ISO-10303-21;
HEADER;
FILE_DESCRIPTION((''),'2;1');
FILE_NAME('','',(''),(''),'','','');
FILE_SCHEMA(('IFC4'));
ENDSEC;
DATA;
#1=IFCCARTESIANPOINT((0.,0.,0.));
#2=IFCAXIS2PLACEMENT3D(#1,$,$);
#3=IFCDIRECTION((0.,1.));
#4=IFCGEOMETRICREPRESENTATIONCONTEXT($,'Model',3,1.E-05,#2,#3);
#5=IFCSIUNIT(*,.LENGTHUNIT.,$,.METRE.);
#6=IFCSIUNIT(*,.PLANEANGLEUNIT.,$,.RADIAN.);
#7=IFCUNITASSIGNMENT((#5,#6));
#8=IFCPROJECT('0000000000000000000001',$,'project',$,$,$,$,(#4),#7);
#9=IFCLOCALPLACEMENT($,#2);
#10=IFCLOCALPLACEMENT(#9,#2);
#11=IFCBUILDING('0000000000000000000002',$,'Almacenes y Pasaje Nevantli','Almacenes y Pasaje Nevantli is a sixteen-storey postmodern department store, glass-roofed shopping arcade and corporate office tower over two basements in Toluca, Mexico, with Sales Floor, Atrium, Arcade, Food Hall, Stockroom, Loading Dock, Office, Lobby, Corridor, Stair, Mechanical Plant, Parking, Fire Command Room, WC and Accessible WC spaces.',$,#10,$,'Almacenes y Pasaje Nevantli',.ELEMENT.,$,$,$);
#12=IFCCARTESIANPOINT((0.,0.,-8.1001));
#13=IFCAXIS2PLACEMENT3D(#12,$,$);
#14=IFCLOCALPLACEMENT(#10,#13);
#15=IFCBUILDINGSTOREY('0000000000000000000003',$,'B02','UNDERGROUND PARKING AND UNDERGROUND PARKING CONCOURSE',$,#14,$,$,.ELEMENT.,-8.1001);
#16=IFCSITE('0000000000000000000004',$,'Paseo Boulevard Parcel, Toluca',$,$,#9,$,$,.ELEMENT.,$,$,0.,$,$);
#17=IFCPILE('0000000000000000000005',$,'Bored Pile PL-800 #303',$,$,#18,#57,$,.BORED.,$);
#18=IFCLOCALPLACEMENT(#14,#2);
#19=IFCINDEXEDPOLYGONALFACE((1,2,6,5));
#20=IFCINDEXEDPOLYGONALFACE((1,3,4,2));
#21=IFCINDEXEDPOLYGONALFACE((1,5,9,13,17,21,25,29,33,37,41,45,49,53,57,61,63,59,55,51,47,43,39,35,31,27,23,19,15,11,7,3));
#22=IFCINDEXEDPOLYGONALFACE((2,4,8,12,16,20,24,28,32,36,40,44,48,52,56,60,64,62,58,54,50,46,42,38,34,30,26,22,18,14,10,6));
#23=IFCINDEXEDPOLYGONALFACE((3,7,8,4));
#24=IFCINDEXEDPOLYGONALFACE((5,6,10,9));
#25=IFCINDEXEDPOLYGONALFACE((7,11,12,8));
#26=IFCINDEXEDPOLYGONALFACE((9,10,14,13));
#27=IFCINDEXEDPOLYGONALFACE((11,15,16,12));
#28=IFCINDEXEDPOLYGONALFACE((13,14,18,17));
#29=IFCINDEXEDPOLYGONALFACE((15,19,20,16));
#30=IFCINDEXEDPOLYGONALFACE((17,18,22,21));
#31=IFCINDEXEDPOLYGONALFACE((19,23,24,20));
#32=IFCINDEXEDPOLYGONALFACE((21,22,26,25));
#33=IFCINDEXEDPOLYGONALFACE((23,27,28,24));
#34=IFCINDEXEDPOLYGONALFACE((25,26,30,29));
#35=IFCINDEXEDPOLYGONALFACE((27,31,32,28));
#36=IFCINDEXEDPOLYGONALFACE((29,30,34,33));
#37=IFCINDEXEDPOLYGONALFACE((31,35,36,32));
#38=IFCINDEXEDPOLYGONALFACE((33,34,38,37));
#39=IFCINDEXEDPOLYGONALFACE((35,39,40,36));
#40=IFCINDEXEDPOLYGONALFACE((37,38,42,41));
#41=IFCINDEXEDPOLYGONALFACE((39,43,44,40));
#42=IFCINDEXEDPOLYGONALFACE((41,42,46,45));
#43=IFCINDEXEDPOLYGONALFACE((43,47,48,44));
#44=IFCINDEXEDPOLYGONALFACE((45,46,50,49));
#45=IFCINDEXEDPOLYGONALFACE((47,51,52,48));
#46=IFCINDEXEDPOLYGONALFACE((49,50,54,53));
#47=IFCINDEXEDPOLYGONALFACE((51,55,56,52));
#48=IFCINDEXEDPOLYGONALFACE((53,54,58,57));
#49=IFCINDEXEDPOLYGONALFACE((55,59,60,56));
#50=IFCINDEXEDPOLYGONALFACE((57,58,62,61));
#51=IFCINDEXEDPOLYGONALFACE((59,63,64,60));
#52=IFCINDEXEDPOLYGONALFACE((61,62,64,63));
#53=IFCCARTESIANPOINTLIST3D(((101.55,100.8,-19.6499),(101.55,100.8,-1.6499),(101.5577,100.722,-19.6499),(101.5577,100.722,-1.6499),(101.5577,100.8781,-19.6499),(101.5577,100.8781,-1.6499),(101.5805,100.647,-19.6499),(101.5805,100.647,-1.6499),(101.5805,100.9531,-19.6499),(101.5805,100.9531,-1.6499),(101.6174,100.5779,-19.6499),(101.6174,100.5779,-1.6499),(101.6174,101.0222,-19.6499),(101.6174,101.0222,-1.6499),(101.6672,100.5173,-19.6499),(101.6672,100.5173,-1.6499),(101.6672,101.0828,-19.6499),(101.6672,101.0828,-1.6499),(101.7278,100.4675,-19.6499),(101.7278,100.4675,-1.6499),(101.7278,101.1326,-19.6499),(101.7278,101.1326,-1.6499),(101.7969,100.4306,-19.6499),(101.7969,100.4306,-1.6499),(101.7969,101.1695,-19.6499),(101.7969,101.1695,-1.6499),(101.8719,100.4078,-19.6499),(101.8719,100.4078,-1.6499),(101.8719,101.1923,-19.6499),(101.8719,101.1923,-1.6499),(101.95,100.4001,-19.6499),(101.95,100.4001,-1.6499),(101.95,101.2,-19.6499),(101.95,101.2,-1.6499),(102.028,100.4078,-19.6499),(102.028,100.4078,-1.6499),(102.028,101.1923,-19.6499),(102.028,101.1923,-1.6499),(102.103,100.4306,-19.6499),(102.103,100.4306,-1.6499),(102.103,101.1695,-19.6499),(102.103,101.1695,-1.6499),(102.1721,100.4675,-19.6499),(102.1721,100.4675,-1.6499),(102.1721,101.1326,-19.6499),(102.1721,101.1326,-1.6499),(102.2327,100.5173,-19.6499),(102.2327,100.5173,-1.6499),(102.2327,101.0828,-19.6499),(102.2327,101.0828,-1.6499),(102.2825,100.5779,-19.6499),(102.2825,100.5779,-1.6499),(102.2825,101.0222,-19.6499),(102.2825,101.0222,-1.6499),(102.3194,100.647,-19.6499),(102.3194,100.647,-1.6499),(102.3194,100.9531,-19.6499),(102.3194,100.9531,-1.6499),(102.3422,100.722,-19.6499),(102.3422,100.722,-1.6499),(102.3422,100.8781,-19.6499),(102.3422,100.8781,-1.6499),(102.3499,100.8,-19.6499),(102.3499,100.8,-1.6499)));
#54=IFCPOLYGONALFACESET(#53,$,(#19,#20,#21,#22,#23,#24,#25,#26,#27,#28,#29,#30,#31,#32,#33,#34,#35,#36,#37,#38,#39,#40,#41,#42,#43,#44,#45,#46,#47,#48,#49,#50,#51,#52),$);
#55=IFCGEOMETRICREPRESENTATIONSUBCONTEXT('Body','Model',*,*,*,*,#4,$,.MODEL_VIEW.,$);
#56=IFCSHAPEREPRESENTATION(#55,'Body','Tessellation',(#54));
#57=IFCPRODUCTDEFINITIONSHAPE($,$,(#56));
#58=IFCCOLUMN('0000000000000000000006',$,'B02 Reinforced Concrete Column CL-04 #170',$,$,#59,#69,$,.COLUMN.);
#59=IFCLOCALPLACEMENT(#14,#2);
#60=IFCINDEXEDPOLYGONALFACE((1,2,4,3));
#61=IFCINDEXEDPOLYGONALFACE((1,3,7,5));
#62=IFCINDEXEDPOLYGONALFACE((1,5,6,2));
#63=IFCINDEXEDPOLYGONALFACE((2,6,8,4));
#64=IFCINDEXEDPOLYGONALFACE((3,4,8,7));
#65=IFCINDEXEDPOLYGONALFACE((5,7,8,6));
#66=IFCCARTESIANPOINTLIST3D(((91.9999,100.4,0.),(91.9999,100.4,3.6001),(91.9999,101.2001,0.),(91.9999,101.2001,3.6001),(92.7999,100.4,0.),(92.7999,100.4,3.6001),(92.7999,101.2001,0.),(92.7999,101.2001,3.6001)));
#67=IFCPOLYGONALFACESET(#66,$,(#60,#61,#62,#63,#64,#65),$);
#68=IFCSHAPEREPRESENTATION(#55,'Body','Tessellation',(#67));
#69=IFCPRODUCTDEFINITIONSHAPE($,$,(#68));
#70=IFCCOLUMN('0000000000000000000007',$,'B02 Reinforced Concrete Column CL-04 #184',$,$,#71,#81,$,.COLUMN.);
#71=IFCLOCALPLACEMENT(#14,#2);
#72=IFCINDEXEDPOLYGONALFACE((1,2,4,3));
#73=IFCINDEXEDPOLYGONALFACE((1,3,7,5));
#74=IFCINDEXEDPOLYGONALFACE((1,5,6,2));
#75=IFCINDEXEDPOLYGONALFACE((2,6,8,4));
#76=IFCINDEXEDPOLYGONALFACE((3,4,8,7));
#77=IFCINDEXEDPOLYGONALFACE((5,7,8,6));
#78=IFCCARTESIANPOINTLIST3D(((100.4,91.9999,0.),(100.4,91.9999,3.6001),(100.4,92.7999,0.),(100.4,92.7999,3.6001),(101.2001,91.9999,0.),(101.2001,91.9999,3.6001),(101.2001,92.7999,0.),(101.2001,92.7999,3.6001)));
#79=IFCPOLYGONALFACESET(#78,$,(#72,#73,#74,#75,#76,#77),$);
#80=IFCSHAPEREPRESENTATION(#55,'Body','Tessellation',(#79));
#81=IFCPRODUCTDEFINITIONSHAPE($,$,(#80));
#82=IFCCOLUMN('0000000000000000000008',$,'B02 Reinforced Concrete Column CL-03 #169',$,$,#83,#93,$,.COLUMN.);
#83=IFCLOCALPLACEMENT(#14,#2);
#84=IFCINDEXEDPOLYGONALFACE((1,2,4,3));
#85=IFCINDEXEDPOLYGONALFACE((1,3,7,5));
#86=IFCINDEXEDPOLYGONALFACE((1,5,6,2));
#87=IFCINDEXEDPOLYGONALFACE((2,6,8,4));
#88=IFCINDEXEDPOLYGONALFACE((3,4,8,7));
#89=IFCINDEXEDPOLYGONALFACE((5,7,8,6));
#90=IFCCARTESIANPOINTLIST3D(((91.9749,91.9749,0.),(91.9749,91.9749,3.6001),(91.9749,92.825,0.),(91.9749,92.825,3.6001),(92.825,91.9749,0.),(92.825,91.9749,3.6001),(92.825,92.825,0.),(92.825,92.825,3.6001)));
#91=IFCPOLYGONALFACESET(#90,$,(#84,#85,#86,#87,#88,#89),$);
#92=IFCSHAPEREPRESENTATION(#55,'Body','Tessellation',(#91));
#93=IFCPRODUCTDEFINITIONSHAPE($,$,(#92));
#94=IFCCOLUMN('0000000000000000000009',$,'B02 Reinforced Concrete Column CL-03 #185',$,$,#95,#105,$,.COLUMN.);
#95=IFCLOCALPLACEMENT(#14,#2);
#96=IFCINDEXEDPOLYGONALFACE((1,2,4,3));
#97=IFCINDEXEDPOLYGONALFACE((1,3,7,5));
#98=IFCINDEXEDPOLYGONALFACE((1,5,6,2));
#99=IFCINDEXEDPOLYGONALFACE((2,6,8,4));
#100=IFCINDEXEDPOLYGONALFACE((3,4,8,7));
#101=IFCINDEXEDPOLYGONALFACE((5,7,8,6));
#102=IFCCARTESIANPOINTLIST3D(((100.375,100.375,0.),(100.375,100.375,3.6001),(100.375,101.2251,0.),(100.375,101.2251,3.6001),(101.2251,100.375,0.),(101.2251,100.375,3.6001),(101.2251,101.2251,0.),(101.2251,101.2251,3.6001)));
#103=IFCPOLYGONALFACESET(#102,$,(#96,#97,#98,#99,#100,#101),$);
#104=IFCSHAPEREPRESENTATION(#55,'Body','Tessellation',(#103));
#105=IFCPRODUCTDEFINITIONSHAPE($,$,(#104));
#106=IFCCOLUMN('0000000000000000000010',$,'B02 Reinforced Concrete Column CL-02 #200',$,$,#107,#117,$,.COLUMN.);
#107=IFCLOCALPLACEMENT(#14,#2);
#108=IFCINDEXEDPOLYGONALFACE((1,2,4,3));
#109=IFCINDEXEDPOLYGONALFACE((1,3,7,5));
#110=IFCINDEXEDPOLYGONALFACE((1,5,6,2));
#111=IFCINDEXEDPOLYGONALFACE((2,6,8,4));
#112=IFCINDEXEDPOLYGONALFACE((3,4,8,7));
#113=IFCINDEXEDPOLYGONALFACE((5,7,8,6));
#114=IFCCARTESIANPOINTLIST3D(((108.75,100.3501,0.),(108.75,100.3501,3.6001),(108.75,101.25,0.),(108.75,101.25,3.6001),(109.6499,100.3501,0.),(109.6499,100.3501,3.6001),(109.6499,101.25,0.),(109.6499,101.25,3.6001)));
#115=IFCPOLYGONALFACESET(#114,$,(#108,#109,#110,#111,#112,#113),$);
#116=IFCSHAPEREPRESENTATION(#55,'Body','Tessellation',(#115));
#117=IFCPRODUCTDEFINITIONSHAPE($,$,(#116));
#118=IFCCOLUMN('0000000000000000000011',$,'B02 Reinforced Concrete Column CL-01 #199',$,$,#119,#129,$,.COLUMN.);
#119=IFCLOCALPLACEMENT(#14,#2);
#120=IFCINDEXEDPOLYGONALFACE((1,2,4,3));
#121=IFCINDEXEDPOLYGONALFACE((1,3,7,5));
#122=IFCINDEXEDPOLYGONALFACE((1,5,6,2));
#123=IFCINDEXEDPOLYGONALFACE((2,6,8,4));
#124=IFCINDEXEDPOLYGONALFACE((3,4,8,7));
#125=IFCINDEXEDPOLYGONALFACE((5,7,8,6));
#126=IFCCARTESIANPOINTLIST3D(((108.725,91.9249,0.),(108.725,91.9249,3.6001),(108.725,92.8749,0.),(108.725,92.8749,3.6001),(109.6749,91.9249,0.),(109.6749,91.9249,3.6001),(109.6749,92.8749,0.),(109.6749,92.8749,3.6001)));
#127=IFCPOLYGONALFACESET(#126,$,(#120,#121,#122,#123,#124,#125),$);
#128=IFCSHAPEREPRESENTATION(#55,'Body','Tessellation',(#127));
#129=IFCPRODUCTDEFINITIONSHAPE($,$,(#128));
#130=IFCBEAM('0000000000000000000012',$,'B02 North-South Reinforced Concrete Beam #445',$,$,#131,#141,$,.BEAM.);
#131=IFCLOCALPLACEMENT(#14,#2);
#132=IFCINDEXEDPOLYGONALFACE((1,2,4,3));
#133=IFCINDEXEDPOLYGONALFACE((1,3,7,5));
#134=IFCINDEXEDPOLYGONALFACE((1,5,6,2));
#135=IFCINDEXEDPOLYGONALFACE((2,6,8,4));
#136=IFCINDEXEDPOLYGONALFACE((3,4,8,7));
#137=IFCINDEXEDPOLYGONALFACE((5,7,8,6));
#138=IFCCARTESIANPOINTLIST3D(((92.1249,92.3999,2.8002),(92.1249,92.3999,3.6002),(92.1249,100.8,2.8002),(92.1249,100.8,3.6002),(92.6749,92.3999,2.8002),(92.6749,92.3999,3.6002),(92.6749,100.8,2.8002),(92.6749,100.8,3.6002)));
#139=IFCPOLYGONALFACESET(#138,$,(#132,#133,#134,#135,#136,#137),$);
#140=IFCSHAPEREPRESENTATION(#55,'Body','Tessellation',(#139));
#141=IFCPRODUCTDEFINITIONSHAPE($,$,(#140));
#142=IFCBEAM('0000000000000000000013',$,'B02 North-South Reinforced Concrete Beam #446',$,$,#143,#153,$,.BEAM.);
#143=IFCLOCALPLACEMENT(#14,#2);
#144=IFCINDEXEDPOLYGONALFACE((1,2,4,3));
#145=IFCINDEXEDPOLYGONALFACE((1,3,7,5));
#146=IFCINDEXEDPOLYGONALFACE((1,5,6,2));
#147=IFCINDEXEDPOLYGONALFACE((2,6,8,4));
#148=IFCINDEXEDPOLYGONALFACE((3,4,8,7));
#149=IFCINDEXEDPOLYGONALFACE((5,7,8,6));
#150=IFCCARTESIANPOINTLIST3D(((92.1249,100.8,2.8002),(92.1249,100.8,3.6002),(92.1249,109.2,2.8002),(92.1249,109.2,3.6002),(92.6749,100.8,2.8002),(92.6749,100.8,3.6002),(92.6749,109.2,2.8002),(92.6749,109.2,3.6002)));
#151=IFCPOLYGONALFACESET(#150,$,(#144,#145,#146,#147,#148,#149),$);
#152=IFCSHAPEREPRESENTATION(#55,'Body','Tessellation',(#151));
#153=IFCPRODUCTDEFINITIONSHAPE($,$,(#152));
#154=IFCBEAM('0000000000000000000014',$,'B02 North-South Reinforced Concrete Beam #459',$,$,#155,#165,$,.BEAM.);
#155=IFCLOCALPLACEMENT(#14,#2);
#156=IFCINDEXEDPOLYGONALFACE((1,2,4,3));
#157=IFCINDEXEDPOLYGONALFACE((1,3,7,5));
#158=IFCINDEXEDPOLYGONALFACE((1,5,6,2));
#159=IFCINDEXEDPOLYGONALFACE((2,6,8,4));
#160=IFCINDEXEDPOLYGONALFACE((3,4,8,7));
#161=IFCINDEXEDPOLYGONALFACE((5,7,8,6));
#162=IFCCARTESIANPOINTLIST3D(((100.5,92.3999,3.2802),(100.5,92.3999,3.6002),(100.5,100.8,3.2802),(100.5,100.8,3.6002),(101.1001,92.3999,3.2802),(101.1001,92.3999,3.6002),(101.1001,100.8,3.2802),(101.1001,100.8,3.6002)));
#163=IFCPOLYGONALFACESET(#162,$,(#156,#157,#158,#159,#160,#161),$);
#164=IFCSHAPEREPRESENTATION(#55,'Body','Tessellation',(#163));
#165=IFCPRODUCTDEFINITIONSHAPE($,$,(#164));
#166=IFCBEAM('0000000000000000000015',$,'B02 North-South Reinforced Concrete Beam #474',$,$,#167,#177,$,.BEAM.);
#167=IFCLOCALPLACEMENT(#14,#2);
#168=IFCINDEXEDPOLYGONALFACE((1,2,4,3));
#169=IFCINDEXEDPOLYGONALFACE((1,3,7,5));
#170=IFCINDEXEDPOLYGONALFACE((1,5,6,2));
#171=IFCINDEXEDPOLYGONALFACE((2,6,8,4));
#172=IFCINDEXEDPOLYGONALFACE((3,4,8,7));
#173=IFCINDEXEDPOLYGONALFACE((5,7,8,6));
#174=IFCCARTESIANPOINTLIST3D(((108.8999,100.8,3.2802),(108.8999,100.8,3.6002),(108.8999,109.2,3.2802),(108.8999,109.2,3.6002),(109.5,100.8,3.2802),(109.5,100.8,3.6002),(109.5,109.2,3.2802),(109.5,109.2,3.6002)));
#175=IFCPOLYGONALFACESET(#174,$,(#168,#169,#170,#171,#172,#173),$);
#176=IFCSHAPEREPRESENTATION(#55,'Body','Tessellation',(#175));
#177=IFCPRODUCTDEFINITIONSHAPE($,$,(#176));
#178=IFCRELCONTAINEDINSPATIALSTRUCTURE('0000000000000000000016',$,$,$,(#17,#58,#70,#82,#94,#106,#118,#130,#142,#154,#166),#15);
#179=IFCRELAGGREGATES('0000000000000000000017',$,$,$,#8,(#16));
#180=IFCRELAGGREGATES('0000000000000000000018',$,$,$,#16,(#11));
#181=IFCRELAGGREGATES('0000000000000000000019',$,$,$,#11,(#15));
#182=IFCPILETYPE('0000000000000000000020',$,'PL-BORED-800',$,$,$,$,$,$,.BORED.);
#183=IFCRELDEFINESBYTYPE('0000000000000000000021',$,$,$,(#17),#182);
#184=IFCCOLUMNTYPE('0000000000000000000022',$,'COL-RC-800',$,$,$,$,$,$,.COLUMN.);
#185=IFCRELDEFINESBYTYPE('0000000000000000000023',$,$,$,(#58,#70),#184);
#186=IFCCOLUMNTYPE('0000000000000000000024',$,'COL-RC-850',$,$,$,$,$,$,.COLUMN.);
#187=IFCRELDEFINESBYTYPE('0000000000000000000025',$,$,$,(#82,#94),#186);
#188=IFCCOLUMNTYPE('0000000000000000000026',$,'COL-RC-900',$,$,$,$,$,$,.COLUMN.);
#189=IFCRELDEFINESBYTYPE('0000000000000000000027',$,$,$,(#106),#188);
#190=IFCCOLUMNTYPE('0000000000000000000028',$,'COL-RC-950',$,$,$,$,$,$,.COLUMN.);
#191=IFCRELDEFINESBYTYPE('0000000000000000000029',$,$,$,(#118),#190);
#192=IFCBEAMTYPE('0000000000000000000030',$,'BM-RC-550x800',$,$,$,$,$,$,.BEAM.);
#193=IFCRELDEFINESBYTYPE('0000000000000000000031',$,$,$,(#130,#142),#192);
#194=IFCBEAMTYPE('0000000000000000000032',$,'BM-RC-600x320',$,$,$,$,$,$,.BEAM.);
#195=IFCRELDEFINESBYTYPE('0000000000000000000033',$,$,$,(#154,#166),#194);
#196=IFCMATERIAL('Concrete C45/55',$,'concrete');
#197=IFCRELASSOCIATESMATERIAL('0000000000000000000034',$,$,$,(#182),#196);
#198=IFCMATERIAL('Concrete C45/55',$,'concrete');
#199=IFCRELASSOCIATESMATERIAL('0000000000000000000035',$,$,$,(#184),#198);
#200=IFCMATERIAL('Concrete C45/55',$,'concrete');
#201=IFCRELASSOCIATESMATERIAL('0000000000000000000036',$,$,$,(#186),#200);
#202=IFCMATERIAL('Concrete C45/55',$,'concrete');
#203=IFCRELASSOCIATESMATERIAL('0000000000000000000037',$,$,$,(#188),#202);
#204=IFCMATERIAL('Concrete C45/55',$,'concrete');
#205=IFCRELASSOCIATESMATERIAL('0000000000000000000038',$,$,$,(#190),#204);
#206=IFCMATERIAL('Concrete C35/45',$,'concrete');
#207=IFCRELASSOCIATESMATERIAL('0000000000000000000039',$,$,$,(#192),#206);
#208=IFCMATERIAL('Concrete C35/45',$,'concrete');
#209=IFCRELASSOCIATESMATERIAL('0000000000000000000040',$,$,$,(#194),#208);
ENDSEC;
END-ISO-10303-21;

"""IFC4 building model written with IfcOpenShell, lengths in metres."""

from ifc_helpers import new_model, si_unit, direction, frame, origin, origin_2d, place, context, subcontext, project, spatial, rectangle, circle, extrude, material, material_profile, profile_set, type_object, element, save


model = new_model("IFC4")

# Units and contexts
model_context = context("Model", 3, precision=1e-05, world=origin(), true_north=direction((0.0, 1.0)))
body_context = subcontext(model_context, "Body", "Model", "MODEL_VIEW")
ifc_project = project(units=[si_unit("LENGTHUNIT", "METRE"), si_unit("PLANEANGLEUNIT", "RADIAN")], contexts=[model_context])

# Site, building, storey
site_placement = place(None, origin())
site = spatial("IfcSite", under=ifc_project, at=site_placement, Name="Paseo Boulevard Parcel, Toluca", CompositionType="ELEMENT", RefElevation=0.0)
building_placement = place(site_placement, origin())
building = spatial("IfcBuilding", under=site, at=building_placement, Name="Almacenes y Pasaje Nevantli", Description="Almacenes y Pasaje Nevantli is a sixteen-storey postmodern department store, glass-roofed shopping arcade and corporate office tower over two basements in Toluca, Mexico, with Sales Floor, Atrium, Arcade, Food Hall, Stockroom, Loading Dock, Office, Lobby, Corridor, Stair, Mechanical Plant, Parking, Fire Command Room, WC and Accessible WC spaces.", LongName="Almacenes y Pasaje Nevantli", CompositionType="ELEMENT")
storey_placement = place(building_placement, frame((0.0, 0.0, -8.1001)))
storey = spatial("IfcBuildingStorey", under=building, at=storey_placement, Name="B02", Description="UNDERGROUND PARKING AND UNDERGROUND PARKING CONCOURSE", CompositionType="ELEMENT", Elevation=-8.1001)

# Pile
ifc_material_1 = material(Name="Concrete C45/55", Category="concrete")
ifc_material_profile_1 = material_profile(ifc_material_1, circle(Radius=0.3999, at=origin_2d()), Name="RC-PILE-D800")
ifc_profile_set_1 = profile_set([ifc_material_profile_1], Name="Concrete C45/55")
pile_type_1 = type_object("IfcPileType", Name="PL-BORED-800", PredefinedType="BORED", material=ifc_profile_set_1)
for number, where, z_axis, x_axis, name in (
    (1, (101.95, 100.8, -1.6499), (0.0, 0.0, -1.0), (1.0, 0.0, 0.0), "Bored Pile PL-800 #303"),
):
    element("IfcPile", number, at=place(storey_placement, frame(where, z_axis=z_axis, x_axis=x_axis)), inside=storey, type_object=pile_type_1, Name=name, PredefinedType="BORED", context=body_context, shape_type="SweptSolid", body=[
        extrude(circle(Radius=0.3999, at=origin_2d()), origin(), (0.0, 0.0, 1.0), 18.0),
    ])

# Columns
ifc_material_2 = material(Name="Concrete C45/55", Category="concrete")
ifc_material_profile_2 = material_profile(ifc_material_2, rectangle(XDim=0.8, YDim=0.8, at=origin_2d()), Name="RC-COL-800x800")
ifc_profile_set_2 = profile_set([ifc_material_profile_2], Name="Concrete C45/55")
column_type_1 = type_object("IfcColumnType", Name="COL-RC-800", PredefinedType="COLUMN", material=ifc_profile_set_2)
for number, where, z_axis, x_axis, name in (
    (2, (92.3999, 100.8, 0.0), (0.0, 0.0, 1.0), (1.0, 0.0, 0.0), "B02 Reinforced Concrete Column CL-04 #170"),
    (3, (100.8, 92.3999, 0.0), (0.0, 0.0, 1.0), (1.0, 0.0, 0.0), "B02 Reinforced Concrete Column CL-04 #184"),
):
    element("IfcColumn", number, at=place(storey_placement, frame(where, z_axis=z_axis, x_axis=x_axis)), inside=storey, type_object=column_type_1, Name=name, PredefinedType="COLUMN", context=body_context, shape_type="SweptSolid", body=[
        extrude(rectangle(XDim=0.8, YDim=0.8, at=origin_2d()), origin(), (0.0, 0.0, 1.0), 3.6001),
    ])
ifc_material_3 = material(Name="Concrete C45/55", Category="concrete")
ifc_material_profile_3 = material_profile(ifc_material_3, rectangle(XDim=0.8501, YDim=0.8501, at=origin_2d()), Name="RC-COL-850x850")
ifc_profile_set_3 = profile_set([ifc_material_profile_3], Name="Concrete C45/55")
column_type_2 = type_object("IfcColumnType", Name="COL-RC-850", PredefinedType="COLUMN", material=ifc_profile_set_3)
for number, where, z_axis, x_axis, name in (
    (4, (92.3999, 92.3999, 0.0), (0.0, 0.0, 1.0), (1.0, 0.0, 0.0), "B02 Reinforced Concrete Column CL-03 #169"),
    (5, (100.8, 100.8, 0.0), (0.0, 0.0, 1.0), (1.0, 0.0, 0.0), "B02 Reinforced Concrete Column CL-03 #185"),
):
    element("IfcColumn", number, at=place(storey_placement, frame(where, z_axis=z_axis, x_axis=x_axis)), inside=storey, type_object=column_type_2, Name=name, PredefinedType="COLUMN", context=body_context, shape_type="SweptSolid", body=[
        extrude(rectangle(XDim=0.8501, YDim=0.8501, at=origin_2d()), origin(), (0.0, 0.0, 1.0), 3.6001),
    ])
ifc_material_4 = material(Name="Concrete C45/55", Category="concrete")
ifc_material_profile_4 = material_profile(ifc_material_4, rectangle(XDim=0.8999, YDim=0.8999, at=origin_2d()), Name="RC-COL-900x900")
ifc_profile_set_4 = profile_set([ifc_material_profile_4], Name="Concrete C45/55")
column_type_3 = type_object("IfcColumnType", Name="COL-RC-900", PredefinedType="COLUMN", material=ifc_profile_set_4)
column_1_placement = place(storey_placement, frame((109.2, 100.8, 0.0), z_axis=(0.0, 0.0, 1.0), x_axis=(1.0, 0.0, 0.0)))
element("IfcColumn", 6, at=column_1_placement, inside=storey, type_object=column_type_3, Name="B02 Reinforced Concrete Column CL-02 #200", PredefinedType="COLUMN", context=body_context, shape_type="SweptSolid", body=[
    extrude(rectangle(XDim=0.8999, YDim=0.8999, at=origin_2d()), origin(), (0.0, 0.0, 1.0), 3.6001),
])
ifc_material_5 = material(Name="Concrete C45/55", Category="concrete")
ifc_material_profile_5 = material_profile(ifc_material_5, rectangle(XDim=0.95, YDim=0.95, at=origin_2d()), Name="RC-COL-950x950")
ifc_profile_set_5 = profile_set([ifc_material_profile_5], Name="Concrete C45/55")
column_type_4 = type_object("IfcColumnType", Name="COL-RC-950", PredefinedType="COLUMN", material=ifc_profile_set_5)
column_2_placement = place(storey_placement, frame((109.2, 92.3999, 0.0), z_axis=(0.0, 0.0, 1.0), x_axis=(1.0, 0.0, 0.0)))
element("IfcColumn", 7, at=column_2_placement, inside=storey, type_object=column_type_4, Name="B02 Reinforced Concrete Column CL-01 #199", PredefinedType="COLUMN", context=body_context, shape_type="SweptSolid", body=[
    extrude(rectangle(XDim=0.95, YDim=0.95, at=origin_2d()), origin(), (0.0, 0.0, 1.0), 3.6001),
])

# Beams
ifc_material_6 = material(Name="Concrete C35/45", Category="concrete")
ifc_material_profile_6 = material_profile(ifc_material_6, rectangle(XDim=0.55, YDim=0.8, at=origin_2d()), Name="RC-BM-550x800")
ifc_profile_set_6 = profile_set([ifc_material_profile_6], Name="Concrete C35/45")
beam_type_1 = type_object("IfcBeamType", Name="BM-RC-550x800", PredefinedType="BEAM", material=ifc_profile_set_6)
beam_1_placement = place(storey_placement, frame((92.3999, 92.3999, 3.2002), z_axis=(0.0, 1.0, 0.0), x_axis=(-1.0, 0.0, 0.0)))
element("IfcBeam", 8, at=beam_1_placement, inside=storey, type_object=beam_type_1, Name="B02 North-South Reinforced Concrete Beam #445", PredefinedType="BEAM", context=body_context, shape_type="SweptSolid", body=[
    extrude(rectangle(XDim=0.55, YDim=0.8, at=origin_2d()), origin(), (0.0, 0.0, 1.0), 8.4001),
])
beam_2_placement = place(storey_placement, frame((92.3999, 100.8, 3.2002), z_axis=(0.0, 1.0, 0.0), x_axis=(-1.0, 0.0, 0.0)))
element("IfcBeam", 9, at=beam_2_placement, inside=storey, type_object=beam_type_1, Name="B02 North-South Reinforced Concrete Beam #446", PredefinedType="BEAM", context=body_context, shape_type="SweptSolid", body=[
    extrude(rectangle(XDim=0.55, YDim=0.8, at=origin_2d()), origin(), (0.0, 0.0, 1.0), 8.3999),
])
ifc_material_7 = material(Name="Concrete C35/45", Category="concrete")
ifc_material_profile_7 = material_profile(ifc_material_7, rectangle(XDim=0.6001, YDim=0.3201, at=origin_2d()), Name="RC-BM-600x320")
ifc_profile_set_7 = profile_set([ifc_material_profile_7], Name="Concrete C35/45")
beam_type_2 = type_object("IfcBeamType", Name="BM-RC-600x320", PredefinedType="BEAM", material=ifc_profile_set_7)
beam_3_placement = place(storey_placement, frame((100.8, 92.3999, 3.4402), z_axis=(0.0, 1.0, 0.0), x_axis=(-1.0, 0.0, 0.0)))
element("IfcBeam", 10, at=beam_3_placement, inside=storey, type_object=beam_type_2, Name="B02 North-South Reinforced Concrete Beam #459", PredefinedType="BEAM", context=body_context, shape_type="SweptSolid", body=[
    extrude(rectangle(XDim=0.6001, YDim=0.3201, at=origin_2d()), origin(), (0.0, 0.0, 1.0), 8.4001),
])
beam_4_placement = place(storey_placement, frame((109.2, 100.8, 3.4402), z_axis=(0.0, 1.0, 0.0), x_axis=(-1.0, 0.0, 0.0)))
element("IfcBeam", 11, at=beam_4_placement, inside=storey, type_object=beam_type_2, Name="B02 North-South Reinforced Concrete Beam #474", PredefinedType="BEAM", context=body_context, shape_type="SweptSolid", body=[
    extrude(rectangle(XDim=0.6001, YDim=0.3201, at=origin_2d()), origin(), (0.0, 0.0, 1.0), 8.3999),
])

save(model, "model.ifc")
